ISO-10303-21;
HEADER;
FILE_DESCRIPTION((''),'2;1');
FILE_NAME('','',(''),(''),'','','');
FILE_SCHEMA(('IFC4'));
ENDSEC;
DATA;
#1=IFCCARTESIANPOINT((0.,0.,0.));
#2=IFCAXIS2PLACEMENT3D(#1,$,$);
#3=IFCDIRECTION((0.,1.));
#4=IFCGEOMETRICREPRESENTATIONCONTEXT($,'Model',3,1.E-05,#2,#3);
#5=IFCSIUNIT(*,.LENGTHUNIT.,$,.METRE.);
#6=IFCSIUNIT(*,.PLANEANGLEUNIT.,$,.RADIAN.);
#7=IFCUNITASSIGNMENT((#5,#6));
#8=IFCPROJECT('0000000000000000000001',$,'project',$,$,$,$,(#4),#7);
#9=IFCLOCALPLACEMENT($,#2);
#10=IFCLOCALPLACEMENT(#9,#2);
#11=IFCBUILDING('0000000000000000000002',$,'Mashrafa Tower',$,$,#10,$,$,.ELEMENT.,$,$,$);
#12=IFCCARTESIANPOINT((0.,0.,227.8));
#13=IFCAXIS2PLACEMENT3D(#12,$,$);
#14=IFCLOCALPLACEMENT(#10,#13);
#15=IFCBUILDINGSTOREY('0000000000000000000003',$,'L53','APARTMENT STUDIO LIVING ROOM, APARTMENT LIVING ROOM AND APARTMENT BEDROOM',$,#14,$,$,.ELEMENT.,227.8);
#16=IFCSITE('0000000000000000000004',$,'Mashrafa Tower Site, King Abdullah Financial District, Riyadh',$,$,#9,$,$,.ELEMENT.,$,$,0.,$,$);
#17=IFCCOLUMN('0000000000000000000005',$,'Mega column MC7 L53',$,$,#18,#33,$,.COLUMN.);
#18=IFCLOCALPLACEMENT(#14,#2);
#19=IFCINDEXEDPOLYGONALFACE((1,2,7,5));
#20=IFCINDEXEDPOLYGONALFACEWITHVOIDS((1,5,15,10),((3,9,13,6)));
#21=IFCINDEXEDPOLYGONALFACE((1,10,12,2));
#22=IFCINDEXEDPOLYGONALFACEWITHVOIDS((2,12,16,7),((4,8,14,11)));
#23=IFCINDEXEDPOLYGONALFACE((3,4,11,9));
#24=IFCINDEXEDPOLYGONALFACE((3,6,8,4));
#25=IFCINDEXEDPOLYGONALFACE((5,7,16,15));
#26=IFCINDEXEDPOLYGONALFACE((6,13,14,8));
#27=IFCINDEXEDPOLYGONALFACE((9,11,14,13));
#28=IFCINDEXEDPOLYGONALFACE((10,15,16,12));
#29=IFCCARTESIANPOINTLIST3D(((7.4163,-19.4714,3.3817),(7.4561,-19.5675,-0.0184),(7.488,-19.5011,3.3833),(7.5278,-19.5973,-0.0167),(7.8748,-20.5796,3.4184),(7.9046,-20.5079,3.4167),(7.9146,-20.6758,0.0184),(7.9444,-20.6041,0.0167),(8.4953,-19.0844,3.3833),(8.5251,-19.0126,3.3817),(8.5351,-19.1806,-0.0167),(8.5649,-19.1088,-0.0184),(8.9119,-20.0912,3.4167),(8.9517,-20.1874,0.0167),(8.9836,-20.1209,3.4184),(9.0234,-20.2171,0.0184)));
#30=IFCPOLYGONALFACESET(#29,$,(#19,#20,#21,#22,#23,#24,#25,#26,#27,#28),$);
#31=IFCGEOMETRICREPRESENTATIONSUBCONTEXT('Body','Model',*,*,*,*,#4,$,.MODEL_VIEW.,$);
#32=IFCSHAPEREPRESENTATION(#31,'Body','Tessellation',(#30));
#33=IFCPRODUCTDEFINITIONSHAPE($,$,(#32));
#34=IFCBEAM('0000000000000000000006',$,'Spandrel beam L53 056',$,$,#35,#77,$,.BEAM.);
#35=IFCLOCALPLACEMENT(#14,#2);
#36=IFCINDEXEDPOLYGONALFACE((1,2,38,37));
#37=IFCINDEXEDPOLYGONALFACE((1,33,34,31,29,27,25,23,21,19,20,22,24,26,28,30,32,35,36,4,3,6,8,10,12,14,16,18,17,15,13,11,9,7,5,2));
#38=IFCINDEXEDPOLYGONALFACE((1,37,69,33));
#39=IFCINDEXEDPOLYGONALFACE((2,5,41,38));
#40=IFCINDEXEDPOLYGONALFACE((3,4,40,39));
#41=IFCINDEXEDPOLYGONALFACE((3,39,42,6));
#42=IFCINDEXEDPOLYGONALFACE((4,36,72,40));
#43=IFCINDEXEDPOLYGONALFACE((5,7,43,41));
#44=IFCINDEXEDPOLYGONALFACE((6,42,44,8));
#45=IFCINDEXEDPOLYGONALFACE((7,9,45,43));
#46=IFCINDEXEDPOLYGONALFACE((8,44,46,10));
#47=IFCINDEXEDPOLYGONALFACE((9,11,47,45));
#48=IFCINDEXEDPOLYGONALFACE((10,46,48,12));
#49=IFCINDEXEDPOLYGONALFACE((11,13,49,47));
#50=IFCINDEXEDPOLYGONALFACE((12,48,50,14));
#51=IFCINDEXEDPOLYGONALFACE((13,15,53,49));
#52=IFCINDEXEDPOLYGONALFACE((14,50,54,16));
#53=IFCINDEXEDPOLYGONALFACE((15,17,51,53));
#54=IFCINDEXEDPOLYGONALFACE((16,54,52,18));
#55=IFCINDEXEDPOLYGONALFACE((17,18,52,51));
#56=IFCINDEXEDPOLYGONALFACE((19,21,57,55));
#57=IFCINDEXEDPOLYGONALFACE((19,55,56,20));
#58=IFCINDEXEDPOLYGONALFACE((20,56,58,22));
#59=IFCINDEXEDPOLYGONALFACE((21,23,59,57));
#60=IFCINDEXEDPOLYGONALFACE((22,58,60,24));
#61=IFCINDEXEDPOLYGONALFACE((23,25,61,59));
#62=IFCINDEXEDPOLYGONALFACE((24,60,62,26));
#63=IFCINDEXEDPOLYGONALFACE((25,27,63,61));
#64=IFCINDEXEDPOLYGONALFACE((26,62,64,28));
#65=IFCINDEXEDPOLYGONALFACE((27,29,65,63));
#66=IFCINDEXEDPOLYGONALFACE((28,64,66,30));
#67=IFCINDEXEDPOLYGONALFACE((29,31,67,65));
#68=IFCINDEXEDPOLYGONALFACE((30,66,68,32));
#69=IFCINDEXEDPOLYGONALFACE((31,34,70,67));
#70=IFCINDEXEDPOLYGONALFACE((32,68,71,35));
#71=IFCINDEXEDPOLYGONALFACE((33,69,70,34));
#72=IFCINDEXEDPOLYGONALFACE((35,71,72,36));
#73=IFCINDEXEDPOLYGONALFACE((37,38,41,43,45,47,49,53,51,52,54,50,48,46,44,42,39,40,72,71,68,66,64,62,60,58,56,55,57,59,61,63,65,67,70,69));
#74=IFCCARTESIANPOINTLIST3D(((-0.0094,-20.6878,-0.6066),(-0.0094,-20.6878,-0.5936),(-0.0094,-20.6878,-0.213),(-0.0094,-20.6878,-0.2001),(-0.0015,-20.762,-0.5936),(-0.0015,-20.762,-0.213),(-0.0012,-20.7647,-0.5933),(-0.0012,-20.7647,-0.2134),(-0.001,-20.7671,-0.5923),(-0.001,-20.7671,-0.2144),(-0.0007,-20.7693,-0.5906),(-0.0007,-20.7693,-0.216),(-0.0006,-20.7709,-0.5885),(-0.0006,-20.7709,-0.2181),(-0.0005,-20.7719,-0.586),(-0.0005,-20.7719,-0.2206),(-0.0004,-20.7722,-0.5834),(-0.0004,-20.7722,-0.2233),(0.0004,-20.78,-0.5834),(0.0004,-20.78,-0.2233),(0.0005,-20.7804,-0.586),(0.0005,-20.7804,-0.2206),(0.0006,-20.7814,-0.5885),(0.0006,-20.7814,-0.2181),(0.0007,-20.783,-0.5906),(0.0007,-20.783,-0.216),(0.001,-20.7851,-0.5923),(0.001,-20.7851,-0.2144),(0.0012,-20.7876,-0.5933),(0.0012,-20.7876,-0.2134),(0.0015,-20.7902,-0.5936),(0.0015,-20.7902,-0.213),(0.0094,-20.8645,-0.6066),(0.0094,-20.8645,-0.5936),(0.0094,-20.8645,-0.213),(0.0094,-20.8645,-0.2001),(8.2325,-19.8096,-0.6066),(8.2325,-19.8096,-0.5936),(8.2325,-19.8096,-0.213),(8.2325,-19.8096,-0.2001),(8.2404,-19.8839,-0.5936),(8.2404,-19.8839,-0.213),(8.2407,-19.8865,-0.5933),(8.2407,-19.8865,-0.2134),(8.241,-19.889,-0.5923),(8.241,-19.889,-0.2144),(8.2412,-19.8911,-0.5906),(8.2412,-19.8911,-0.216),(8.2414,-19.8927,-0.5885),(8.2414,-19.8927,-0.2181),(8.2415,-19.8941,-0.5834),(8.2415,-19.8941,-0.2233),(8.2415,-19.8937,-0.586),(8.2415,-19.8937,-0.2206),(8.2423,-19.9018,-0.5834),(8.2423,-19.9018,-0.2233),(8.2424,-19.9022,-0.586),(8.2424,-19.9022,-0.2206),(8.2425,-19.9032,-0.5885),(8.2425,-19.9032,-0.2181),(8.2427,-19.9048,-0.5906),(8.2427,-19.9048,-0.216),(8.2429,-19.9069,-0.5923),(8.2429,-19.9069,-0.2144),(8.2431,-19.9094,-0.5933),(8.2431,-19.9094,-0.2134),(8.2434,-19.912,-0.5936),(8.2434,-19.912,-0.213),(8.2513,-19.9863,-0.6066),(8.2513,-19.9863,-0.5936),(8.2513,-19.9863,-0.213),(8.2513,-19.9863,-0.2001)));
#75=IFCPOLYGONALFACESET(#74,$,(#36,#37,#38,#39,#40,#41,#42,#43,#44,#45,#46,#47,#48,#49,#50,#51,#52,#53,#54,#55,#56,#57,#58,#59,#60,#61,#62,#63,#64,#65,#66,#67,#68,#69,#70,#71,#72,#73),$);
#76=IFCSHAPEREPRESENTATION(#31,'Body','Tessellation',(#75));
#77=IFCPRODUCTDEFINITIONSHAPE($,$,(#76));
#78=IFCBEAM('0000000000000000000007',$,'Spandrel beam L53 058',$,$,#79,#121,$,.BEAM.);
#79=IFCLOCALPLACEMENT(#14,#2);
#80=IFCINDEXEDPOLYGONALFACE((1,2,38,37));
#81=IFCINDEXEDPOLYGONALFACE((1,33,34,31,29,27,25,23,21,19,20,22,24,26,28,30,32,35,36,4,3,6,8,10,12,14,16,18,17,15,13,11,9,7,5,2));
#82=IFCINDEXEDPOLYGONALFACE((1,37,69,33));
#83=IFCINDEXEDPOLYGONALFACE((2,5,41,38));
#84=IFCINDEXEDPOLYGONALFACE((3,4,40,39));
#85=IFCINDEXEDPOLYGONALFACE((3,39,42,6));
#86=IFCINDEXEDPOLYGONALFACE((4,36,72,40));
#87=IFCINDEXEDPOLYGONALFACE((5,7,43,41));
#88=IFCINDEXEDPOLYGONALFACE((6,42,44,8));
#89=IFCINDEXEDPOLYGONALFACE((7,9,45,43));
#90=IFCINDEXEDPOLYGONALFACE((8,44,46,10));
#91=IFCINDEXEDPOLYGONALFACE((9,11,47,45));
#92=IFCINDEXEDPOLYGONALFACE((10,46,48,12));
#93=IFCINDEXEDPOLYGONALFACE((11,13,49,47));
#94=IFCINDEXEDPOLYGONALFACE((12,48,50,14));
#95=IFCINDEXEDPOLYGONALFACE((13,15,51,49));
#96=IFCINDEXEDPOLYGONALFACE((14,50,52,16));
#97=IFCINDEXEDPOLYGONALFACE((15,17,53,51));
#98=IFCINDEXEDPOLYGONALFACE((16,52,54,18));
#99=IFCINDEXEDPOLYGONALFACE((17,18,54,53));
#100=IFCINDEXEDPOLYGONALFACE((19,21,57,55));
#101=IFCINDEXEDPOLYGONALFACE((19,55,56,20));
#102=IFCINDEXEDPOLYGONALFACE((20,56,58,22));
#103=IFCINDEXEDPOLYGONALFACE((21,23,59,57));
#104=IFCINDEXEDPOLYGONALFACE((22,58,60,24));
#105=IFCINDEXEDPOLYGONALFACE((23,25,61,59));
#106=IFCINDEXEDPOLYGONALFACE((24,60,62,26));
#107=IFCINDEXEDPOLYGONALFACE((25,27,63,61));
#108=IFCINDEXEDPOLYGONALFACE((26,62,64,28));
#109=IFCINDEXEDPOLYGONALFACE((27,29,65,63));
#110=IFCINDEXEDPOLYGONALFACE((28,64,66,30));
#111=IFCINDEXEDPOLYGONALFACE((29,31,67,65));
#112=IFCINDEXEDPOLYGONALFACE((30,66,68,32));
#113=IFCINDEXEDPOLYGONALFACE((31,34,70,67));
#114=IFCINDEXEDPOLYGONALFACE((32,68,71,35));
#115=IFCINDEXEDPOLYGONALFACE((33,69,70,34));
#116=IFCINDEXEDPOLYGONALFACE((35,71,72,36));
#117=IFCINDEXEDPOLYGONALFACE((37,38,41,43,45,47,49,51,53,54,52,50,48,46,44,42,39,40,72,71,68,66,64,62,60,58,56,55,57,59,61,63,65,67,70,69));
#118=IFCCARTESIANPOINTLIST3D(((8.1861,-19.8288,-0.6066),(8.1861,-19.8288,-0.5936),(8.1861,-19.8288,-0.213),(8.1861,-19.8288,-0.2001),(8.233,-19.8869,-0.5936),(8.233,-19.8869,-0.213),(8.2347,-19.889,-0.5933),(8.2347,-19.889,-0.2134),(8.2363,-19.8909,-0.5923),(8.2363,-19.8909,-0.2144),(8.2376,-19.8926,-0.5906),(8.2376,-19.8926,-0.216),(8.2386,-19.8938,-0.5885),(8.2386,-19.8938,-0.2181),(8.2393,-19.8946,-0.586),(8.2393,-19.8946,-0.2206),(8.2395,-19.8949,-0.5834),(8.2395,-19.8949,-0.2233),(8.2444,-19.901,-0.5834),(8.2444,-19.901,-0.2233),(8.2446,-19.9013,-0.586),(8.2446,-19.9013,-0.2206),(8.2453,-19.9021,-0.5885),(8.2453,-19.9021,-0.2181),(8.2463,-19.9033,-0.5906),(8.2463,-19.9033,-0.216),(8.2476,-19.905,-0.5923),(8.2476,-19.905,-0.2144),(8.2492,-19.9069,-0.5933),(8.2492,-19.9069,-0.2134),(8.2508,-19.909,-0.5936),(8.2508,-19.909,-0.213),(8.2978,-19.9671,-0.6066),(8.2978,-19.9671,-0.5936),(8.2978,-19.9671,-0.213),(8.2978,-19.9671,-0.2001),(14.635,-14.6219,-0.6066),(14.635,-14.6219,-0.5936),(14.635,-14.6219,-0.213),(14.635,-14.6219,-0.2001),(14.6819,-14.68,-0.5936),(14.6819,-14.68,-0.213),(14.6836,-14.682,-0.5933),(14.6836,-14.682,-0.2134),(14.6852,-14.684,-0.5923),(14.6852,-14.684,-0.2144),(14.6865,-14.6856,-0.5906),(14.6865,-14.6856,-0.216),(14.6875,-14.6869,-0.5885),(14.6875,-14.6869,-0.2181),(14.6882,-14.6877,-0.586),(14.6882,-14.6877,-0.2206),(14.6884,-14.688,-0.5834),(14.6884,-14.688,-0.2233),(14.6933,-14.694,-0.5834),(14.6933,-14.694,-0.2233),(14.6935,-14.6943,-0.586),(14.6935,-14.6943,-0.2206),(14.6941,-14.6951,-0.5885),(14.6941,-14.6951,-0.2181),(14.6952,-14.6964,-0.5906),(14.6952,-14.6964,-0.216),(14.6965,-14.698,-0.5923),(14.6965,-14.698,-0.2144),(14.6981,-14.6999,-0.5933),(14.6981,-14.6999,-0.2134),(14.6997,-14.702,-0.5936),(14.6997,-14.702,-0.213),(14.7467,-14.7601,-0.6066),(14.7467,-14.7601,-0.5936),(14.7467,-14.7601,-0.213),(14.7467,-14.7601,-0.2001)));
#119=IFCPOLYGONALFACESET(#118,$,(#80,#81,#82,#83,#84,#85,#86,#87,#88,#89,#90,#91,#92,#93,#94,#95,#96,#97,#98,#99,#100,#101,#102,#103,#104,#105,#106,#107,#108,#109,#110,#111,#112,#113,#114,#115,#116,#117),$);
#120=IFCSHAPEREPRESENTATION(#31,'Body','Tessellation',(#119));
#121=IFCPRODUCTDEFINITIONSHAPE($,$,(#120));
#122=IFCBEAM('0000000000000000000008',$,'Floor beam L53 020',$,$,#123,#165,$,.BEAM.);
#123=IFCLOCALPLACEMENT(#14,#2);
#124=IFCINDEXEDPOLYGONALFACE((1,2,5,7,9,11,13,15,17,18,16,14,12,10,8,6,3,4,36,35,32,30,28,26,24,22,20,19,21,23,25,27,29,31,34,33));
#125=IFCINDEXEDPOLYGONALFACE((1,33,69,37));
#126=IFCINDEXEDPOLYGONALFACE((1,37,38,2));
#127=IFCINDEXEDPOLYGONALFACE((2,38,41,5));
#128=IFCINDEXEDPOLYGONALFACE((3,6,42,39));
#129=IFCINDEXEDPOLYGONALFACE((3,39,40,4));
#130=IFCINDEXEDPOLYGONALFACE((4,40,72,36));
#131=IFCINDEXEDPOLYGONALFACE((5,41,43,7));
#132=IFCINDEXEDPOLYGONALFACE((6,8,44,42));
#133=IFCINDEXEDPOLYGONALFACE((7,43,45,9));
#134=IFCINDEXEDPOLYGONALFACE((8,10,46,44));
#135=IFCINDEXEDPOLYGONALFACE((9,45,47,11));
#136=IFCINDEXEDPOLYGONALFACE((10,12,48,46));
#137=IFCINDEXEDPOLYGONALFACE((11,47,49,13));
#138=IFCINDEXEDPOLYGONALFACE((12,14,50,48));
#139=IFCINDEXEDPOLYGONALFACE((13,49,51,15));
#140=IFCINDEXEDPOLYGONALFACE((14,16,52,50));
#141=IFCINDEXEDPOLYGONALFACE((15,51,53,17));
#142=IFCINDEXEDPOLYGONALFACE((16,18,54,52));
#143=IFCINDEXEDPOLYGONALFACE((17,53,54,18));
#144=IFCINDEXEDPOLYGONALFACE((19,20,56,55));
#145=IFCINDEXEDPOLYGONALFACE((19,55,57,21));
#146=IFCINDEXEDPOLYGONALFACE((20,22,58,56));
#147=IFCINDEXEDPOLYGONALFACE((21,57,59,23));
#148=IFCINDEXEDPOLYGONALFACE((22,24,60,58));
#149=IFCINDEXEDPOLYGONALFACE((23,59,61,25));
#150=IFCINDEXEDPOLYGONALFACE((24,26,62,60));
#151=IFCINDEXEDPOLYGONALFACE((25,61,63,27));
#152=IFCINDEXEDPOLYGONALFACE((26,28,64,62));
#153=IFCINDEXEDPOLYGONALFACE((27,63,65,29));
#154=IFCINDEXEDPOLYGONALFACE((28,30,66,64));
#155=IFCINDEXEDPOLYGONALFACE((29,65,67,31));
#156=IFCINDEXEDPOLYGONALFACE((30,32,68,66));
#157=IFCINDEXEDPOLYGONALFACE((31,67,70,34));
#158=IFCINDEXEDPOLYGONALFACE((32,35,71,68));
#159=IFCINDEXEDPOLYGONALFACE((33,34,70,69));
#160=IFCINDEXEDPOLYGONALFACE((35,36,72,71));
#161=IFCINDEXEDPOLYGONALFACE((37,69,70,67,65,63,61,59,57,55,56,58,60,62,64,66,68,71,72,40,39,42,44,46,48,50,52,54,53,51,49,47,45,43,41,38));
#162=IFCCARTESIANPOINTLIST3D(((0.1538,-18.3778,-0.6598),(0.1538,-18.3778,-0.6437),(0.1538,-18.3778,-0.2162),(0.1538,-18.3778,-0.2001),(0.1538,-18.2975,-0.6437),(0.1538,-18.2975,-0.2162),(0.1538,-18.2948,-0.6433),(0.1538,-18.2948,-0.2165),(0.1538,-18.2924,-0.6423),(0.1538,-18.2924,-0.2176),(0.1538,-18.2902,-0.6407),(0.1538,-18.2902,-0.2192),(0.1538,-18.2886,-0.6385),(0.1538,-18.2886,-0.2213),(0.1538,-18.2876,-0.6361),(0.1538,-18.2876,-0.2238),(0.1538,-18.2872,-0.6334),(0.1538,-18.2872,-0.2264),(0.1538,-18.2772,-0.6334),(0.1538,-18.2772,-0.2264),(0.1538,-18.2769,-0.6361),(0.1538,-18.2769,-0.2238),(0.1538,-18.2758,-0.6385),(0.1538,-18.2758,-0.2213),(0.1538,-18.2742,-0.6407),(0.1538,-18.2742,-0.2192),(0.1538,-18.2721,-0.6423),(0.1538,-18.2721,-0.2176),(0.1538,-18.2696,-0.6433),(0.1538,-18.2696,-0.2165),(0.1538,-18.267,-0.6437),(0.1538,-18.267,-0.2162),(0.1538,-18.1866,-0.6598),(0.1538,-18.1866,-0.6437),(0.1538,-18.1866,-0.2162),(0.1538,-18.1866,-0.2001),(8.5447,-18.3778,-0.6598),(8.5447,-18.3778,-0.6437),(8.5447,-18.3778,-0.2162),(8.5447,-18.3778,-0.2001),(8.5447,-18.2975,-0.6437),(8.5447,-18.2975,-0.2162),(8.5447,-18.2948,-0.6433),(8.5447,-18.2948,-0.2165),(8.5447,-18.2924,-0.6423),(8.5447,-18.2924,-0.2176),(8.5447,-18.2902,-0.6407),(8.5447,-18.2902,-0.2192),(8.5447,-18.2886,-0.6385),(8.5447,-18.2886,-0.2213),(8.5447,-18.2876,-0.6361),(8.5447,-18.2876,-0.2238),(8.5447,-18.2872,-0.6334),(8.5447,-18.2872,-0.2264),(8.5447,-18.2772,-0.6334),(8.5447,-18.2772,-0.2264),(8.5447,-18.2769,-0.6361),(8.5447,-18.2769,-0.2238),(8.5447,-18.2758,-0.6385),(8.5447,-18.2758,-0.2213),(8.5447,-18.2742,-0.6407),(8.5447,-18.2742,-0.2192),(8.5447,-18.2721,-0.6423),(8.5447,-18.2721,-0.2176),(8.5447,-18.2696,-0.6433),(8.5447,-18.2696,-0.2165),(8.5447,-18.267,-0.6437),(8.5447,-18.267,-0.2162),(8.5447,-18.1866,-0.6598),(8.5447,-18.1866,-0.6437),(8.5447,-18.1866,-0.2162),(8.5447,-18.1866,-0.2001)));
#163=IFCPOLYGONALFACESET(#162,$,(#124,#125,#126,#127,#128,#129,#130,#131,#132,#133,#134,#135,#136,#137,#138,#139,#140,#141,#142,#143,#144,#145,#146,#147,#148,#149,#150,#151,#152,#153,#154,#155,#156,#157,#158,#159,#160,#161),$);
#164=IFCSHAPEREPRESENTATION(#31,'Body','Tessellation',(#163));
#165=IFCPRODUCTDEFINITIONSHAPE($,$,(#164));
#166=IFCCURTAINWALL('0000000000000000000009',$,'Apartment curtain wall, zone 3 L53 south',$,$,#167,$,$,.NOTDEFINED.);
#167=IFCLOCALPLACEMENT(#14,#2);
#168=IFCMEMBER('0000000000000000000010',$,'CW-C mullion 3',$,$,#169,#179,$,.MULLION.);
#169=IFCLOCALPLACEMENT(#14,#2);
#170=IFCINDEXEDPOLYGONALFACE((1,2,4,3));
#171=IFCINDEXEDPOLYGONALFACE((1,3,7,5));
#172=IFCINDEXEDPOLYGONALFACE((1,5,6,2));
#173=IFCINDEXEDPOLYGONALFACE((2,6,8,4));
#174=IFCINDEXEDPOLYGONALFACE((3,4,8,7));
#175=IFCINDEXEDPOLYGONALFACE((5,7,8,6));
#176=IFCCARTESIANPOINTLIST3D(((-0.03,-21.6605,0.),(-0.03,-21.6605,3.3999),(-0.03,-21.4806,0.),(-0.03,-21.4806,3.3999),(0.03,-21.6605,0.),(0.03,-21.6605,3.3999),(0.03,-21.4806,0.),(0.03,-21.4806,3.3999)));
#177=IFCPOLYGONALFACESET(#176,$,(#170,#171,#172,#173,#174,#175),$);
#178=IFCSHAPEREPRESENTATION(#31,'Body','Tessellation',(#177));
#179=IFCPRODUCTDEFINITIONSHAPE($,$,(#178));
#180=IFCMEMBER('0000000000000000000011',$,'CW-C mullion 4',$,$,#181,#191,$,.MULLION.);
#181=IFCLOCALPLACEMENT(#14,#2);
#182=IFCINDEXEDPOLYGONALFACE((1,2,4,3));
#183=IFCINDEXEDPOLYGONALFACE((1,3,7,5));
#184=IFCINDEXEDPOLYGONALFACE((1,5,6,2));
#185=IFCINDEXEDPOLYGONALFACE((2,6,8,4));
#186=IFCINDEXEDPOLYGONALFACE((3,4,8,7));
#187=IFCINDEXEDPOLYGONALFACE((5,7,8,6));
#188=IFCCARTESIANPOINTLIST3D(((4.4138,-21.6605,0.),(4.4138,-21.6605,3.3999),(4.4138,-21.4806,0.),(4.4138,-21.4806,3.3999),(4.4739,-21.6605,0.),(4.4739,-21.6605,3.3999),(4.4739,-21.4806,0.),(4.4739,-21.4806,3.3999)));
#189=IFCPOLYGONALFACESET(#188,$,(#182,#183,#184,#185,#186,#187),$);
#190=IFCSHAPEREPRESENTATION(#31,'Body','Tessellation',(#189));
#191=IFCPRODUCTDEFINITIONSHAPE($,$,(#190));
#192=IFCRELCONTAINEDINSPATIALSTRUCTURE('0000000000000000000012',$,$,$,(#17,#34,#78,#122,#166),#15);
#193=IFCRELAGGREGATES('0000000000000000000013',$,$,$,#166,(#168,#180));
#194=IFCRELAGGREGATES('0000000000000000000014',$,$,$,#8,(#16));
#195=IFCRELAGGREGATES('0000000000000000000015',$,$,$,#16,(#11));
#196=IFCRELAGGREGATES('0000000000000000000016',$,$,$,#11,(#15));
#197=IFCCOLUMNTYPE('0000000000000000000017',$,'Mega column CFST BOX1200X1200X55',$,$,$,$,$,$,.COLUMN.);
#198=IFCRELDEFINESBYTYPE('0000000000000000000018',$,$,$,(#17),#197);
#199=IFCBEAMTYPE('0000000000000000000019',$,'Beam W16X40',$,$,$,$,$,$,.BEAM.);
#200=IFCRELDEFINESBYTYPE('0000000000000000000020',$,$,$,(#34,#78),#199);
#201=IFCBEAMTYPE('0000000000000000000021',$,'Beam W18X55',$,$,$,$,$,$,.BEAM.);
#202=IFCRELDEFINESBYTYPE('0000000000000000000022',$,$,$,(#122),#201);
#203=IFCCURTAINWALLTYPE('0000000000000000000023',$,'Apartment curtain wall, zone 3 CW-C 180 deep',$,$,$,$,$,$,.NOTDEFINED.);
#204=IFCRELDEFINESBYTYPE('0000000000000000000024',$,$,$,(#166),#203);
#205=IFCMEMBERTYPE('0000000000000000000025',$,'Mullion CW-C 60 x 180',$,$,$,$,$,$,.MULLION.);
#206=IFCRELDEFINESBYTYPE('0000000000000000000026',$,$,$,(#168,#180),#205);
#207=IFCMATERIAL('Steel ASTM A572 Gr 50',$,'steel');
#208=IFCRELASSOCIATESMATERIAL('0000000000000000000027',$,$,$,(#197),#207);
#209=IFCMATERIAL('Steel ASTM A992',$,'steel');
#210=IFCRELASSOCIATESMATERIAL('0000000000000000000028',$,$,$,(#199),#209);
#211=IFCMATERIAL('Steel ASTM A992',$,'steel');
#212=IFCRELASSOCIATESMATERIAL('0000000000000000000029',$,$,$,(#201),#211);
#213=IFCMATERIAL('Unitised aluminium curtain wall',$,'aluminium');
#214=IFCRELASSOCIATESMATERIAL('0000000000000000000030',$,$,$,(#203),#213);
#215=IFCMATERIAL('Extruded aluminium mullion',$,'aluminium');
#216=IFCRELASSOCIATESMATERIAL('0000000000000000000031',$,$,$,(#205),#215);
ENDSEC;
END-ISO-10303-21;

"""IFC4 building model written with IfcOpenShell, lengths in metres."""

from ifc_helpers import new_model, si_unit, direction, frame, origin, origin_2d, place, context, subcontext, project, spatial, rectangle, hollow_rectangle, i_section, extrude, source, transform, mapped, material, material_profile, profile_set, type_object, type_shapes, element, aggregate, save


model = new_model("IFC4")

# Units and contexts
model_context = context("Model", 3, precision=1e-05, world=origin(), true_north=direction((0.0, 1.0)))
body_context = subcontext(model_context, "Body", "Model", "MODEL_VIEW")
ifc_project = project(units=[si_unit("LENGTHUNIT", "METRE"), si_unit("PLANEANGLEUNIT", "RADIAN")], contexts=[model_context])

# Site, building, storey
site_placement = place(None, origin())
site = spatial("IfcSite", under=ifc_project, at=site_placement, Name="Mashrafa Tower Site, King Abdullah Financial District, Riyadh", CompositionType="ELEMENT", RefElevation=0.0)
building_placement = place(site_placement, origin())
building = spatial("IfcBuilding", under=site, at=building_placement, Name="Mashrafa Tower", CompositionType="ELEMENT")
storey_placement = place(building_placement, frame((0.0, 0.0, 227.8)))
storey = spatial("IfcBuildingStorey", under=building, at=storey_placement, Name="L53", Description="APARTMENT STUDIO LIVING ROOM, APARTMENT LIVING ROOM AND APARTMENT BEDROOM", CompositionType="ELEMENT", Elevation=227.8)

# Column
ifc_material_1 = material(Name="Steel ASTM A572 Gr 50", Category="steel")
ifc_material_profile_1 = material_profile(ifc_material_1, hollow_rectangle(XDim=1.2, YDim=1.2, WallThickness=0.0549, at=origin_2d()), Name="BOX1200X1200X55")
ifc_profile_set_1 = profile_set([ifc_material_profile_1], Name="Steel ASTM A572 Gr 50")
column_type = type_object("IfcColumnType", Name="Mega column CFST BOX1200X1200X55", PredefinedType="COLUMN", material=ifc_profile_set_1)
column_placement = place(storey_placement, frame((8.2397, -19.8923, 0.0), z_axis=(-0.011699, 0.028279, 0.999532), x_axis=(-0.924045, -0.382283, 0.0)))
element("IfcColumn", 1, at=column_placement, inside=storey, type_object=column_type, Name="Mega column MC7 L53", PredefinedType="COLUMN", context=body_context, shape_type="SweptSolid", body=[
    extrude(hollow_rectangle(XDim=1.2, YDim=1.2, WallThickness=0.0549, at=origin_2d()), origin(), (0.0, 0.0, 1.0), 3.4016),
])

# Beams
ifc_material_2 = material(Name="Steel ASTM A992", Category="steel")
ifc_material_profile_2 = material_profile(ifc_material_2, i_section(OverallWidth=0.1777, OverallDepth=0.4065, WebThickness=0.0078, FlangeThickness=0.0129, FilletRadius=0.0103, at=origin_2d()), Name="W16X40")
ifc_profile_set_2 = profile_set([ifc_material_profile_2], Name="Steel ASTM A992")
beam_type_1 = type_object("IfcBeamType", Name="Beam W16X40", PredefinedType="BEAM", material=ifc_profile_set_2)
for number, where, z_axis, x_axis, name in (
    (2, (0.0, -20.7761, -0.4033), (0.994371, 0.10595, 0.0), (-0.10595, 0.994371, 0.0), "Spandrel beam L53 056"),
    (3, (8.2419, -19.8979, -0.4033), (0.778045, 0.628209, 0.0), (-0.628209, 0.778045, 0.0), "Spandrel beam L53 058"),
):
    element("IfcBeam", number, at=place(storey_placement, frame(where, z_axis=z_axis, x_axis=x_axis)), inside=storey, type_object=beam_type_1, Name=name, PredefinedType="BEAM", context=body_context, shape_type="SweptSolid", body=[
        extrude(i_section(OverallWidth=0.1777, OverallDepth=0.4065, WebThickness=0.0078, FlangeThickness=0.0129, FilletRadius=0.0103, at=origin_2d()), origin(), (0.0, 0.0, 1.0), 8.2886),
    ])
ifc_material_3 = material(Name="Steel ASTM A992", Category="steel")
ifc_material_profile_3 = material_profile(ifc_material_3, i_section(OverallWidth=0.1912, OverallDepth=0.4597, WebThickness=0.01, FlangeThickness=0.0161, FilletRadius=0.0103, at=origin_2d()), Name="W18X55")
ifc_profile_set_3 = profile_set([ifc_material_profile_3], Name="Steel ASTM A992")
beam_type_2 = type_object("IfcBeamType", Name="Beam W18X55", PredefinedType="BEAM", material=ifc_profile_set_3)
beam_placement = place(storey_placement, frame((8.5447, -18.2822, -0.4299), z_axis=(-1.0, 0.0, 0.0), x_axis=(0.0, -1.0, 0.0)))
element("IfcBeam", 4, at=beam_placement, inside=storey, type_object=beam_type_2, Name="Floor beam L53 020", PredefinedType="BEAM", context=body_context, shape_type="SweptSolid", body=[
    extrude(i_section(OverallWidth=0.1912, OverallDepth=0.4597, WebThickness=0.01, FlangeThickness=0.0161, FilletRadius=0.0103, at=origin_2d()), origin(), (0.0, 0.0, 1.0), 8.3909),
])

# Curtain wall, members
ifc_material_4 = material(Name="Unitised aluminium curtain wall", Category="aluminium")
curtain_wall_type = type_object("IfcCurtainWallType", Name="Apartment curtain wall, zone 3 CW-C 180 deep", PredefinedType="NOTDEFINED", material=ifc_material_4)
curtain_wall_1_placement = place(storey_placement, origin())
curtain_wall_1 = element("IfcCurtainWall", 5, at=curtain_wall_1_placement, inside=storey, type_object=curtain_wall_type, Name="Apartment curtain wall, zone 3 L53 south", PredefinedType="NOTDEFINED")
ifc_material_5 = material(Name="Extruded aluminium mullion", Category="aluminium")
ifc_material_profile_4 = material_profile(ifc_material_5, rectangle(XDim=0.1799, YDim=0.0601, at=origin_2d()), Name="Mullion 60x180")
ifc_profile_set_4 = profile_set([ifc_material_profile_4], Name="Extruded aluminium mullion")
member_type_1 = type_object("IfcMemberType", Name="Mullion CW-C 60 x 180", PredefinedType="MULLION", material=ifc_profile_set_4)
shared_shape_1 = source(origin(), body_context, "Body", "SweptSolid", [
    extrude(rectangle(XDim=0.1799, YDim=0.0601, at=origin_2d()), origin(), (0.0, 0.0, 1.0), 3.3999),
])
type_shapes(member_type_1, [shared_shape_1])
member_1_placement = place(storey_placement, frame((0.0, -21.5706, 0.0), z_axis=(0.0, 0.0, 1.0), x_axis=(0.0, 1.0, 0.0)))
member_1 = element("IfcMember", 6, at=member_1_placement, type_object=member_type_1, Name="CW-C mullion 3", PredefinedType="MULLION", context=body_context, shape_type="MappedRepresentation", body=[
    mapped(shared_shape_1, transform((0.0, 0.0, 0.0))),
])
member_2_placement = place(storey_placement, frame((4.4438, -21.5706, 0.0), z_axis=(0.0, 0.0, 1.0), x_axis=(0.0, 1.0, 0.0)))
member_2 = element("IfcMember", 7, at=member_2_placement, type_object=member_type_1, Name="CW-C mullion 4", PredefinedType="MULLION", context=body_context, shape_type="MappedRepresentation", body=[
    mapped(shared_shape_1, transform((0.0, 0.0, 0.0))),
])

aggregate(curtain_wall_1, [member_1, member_2])

save(model, "model.ifc")
